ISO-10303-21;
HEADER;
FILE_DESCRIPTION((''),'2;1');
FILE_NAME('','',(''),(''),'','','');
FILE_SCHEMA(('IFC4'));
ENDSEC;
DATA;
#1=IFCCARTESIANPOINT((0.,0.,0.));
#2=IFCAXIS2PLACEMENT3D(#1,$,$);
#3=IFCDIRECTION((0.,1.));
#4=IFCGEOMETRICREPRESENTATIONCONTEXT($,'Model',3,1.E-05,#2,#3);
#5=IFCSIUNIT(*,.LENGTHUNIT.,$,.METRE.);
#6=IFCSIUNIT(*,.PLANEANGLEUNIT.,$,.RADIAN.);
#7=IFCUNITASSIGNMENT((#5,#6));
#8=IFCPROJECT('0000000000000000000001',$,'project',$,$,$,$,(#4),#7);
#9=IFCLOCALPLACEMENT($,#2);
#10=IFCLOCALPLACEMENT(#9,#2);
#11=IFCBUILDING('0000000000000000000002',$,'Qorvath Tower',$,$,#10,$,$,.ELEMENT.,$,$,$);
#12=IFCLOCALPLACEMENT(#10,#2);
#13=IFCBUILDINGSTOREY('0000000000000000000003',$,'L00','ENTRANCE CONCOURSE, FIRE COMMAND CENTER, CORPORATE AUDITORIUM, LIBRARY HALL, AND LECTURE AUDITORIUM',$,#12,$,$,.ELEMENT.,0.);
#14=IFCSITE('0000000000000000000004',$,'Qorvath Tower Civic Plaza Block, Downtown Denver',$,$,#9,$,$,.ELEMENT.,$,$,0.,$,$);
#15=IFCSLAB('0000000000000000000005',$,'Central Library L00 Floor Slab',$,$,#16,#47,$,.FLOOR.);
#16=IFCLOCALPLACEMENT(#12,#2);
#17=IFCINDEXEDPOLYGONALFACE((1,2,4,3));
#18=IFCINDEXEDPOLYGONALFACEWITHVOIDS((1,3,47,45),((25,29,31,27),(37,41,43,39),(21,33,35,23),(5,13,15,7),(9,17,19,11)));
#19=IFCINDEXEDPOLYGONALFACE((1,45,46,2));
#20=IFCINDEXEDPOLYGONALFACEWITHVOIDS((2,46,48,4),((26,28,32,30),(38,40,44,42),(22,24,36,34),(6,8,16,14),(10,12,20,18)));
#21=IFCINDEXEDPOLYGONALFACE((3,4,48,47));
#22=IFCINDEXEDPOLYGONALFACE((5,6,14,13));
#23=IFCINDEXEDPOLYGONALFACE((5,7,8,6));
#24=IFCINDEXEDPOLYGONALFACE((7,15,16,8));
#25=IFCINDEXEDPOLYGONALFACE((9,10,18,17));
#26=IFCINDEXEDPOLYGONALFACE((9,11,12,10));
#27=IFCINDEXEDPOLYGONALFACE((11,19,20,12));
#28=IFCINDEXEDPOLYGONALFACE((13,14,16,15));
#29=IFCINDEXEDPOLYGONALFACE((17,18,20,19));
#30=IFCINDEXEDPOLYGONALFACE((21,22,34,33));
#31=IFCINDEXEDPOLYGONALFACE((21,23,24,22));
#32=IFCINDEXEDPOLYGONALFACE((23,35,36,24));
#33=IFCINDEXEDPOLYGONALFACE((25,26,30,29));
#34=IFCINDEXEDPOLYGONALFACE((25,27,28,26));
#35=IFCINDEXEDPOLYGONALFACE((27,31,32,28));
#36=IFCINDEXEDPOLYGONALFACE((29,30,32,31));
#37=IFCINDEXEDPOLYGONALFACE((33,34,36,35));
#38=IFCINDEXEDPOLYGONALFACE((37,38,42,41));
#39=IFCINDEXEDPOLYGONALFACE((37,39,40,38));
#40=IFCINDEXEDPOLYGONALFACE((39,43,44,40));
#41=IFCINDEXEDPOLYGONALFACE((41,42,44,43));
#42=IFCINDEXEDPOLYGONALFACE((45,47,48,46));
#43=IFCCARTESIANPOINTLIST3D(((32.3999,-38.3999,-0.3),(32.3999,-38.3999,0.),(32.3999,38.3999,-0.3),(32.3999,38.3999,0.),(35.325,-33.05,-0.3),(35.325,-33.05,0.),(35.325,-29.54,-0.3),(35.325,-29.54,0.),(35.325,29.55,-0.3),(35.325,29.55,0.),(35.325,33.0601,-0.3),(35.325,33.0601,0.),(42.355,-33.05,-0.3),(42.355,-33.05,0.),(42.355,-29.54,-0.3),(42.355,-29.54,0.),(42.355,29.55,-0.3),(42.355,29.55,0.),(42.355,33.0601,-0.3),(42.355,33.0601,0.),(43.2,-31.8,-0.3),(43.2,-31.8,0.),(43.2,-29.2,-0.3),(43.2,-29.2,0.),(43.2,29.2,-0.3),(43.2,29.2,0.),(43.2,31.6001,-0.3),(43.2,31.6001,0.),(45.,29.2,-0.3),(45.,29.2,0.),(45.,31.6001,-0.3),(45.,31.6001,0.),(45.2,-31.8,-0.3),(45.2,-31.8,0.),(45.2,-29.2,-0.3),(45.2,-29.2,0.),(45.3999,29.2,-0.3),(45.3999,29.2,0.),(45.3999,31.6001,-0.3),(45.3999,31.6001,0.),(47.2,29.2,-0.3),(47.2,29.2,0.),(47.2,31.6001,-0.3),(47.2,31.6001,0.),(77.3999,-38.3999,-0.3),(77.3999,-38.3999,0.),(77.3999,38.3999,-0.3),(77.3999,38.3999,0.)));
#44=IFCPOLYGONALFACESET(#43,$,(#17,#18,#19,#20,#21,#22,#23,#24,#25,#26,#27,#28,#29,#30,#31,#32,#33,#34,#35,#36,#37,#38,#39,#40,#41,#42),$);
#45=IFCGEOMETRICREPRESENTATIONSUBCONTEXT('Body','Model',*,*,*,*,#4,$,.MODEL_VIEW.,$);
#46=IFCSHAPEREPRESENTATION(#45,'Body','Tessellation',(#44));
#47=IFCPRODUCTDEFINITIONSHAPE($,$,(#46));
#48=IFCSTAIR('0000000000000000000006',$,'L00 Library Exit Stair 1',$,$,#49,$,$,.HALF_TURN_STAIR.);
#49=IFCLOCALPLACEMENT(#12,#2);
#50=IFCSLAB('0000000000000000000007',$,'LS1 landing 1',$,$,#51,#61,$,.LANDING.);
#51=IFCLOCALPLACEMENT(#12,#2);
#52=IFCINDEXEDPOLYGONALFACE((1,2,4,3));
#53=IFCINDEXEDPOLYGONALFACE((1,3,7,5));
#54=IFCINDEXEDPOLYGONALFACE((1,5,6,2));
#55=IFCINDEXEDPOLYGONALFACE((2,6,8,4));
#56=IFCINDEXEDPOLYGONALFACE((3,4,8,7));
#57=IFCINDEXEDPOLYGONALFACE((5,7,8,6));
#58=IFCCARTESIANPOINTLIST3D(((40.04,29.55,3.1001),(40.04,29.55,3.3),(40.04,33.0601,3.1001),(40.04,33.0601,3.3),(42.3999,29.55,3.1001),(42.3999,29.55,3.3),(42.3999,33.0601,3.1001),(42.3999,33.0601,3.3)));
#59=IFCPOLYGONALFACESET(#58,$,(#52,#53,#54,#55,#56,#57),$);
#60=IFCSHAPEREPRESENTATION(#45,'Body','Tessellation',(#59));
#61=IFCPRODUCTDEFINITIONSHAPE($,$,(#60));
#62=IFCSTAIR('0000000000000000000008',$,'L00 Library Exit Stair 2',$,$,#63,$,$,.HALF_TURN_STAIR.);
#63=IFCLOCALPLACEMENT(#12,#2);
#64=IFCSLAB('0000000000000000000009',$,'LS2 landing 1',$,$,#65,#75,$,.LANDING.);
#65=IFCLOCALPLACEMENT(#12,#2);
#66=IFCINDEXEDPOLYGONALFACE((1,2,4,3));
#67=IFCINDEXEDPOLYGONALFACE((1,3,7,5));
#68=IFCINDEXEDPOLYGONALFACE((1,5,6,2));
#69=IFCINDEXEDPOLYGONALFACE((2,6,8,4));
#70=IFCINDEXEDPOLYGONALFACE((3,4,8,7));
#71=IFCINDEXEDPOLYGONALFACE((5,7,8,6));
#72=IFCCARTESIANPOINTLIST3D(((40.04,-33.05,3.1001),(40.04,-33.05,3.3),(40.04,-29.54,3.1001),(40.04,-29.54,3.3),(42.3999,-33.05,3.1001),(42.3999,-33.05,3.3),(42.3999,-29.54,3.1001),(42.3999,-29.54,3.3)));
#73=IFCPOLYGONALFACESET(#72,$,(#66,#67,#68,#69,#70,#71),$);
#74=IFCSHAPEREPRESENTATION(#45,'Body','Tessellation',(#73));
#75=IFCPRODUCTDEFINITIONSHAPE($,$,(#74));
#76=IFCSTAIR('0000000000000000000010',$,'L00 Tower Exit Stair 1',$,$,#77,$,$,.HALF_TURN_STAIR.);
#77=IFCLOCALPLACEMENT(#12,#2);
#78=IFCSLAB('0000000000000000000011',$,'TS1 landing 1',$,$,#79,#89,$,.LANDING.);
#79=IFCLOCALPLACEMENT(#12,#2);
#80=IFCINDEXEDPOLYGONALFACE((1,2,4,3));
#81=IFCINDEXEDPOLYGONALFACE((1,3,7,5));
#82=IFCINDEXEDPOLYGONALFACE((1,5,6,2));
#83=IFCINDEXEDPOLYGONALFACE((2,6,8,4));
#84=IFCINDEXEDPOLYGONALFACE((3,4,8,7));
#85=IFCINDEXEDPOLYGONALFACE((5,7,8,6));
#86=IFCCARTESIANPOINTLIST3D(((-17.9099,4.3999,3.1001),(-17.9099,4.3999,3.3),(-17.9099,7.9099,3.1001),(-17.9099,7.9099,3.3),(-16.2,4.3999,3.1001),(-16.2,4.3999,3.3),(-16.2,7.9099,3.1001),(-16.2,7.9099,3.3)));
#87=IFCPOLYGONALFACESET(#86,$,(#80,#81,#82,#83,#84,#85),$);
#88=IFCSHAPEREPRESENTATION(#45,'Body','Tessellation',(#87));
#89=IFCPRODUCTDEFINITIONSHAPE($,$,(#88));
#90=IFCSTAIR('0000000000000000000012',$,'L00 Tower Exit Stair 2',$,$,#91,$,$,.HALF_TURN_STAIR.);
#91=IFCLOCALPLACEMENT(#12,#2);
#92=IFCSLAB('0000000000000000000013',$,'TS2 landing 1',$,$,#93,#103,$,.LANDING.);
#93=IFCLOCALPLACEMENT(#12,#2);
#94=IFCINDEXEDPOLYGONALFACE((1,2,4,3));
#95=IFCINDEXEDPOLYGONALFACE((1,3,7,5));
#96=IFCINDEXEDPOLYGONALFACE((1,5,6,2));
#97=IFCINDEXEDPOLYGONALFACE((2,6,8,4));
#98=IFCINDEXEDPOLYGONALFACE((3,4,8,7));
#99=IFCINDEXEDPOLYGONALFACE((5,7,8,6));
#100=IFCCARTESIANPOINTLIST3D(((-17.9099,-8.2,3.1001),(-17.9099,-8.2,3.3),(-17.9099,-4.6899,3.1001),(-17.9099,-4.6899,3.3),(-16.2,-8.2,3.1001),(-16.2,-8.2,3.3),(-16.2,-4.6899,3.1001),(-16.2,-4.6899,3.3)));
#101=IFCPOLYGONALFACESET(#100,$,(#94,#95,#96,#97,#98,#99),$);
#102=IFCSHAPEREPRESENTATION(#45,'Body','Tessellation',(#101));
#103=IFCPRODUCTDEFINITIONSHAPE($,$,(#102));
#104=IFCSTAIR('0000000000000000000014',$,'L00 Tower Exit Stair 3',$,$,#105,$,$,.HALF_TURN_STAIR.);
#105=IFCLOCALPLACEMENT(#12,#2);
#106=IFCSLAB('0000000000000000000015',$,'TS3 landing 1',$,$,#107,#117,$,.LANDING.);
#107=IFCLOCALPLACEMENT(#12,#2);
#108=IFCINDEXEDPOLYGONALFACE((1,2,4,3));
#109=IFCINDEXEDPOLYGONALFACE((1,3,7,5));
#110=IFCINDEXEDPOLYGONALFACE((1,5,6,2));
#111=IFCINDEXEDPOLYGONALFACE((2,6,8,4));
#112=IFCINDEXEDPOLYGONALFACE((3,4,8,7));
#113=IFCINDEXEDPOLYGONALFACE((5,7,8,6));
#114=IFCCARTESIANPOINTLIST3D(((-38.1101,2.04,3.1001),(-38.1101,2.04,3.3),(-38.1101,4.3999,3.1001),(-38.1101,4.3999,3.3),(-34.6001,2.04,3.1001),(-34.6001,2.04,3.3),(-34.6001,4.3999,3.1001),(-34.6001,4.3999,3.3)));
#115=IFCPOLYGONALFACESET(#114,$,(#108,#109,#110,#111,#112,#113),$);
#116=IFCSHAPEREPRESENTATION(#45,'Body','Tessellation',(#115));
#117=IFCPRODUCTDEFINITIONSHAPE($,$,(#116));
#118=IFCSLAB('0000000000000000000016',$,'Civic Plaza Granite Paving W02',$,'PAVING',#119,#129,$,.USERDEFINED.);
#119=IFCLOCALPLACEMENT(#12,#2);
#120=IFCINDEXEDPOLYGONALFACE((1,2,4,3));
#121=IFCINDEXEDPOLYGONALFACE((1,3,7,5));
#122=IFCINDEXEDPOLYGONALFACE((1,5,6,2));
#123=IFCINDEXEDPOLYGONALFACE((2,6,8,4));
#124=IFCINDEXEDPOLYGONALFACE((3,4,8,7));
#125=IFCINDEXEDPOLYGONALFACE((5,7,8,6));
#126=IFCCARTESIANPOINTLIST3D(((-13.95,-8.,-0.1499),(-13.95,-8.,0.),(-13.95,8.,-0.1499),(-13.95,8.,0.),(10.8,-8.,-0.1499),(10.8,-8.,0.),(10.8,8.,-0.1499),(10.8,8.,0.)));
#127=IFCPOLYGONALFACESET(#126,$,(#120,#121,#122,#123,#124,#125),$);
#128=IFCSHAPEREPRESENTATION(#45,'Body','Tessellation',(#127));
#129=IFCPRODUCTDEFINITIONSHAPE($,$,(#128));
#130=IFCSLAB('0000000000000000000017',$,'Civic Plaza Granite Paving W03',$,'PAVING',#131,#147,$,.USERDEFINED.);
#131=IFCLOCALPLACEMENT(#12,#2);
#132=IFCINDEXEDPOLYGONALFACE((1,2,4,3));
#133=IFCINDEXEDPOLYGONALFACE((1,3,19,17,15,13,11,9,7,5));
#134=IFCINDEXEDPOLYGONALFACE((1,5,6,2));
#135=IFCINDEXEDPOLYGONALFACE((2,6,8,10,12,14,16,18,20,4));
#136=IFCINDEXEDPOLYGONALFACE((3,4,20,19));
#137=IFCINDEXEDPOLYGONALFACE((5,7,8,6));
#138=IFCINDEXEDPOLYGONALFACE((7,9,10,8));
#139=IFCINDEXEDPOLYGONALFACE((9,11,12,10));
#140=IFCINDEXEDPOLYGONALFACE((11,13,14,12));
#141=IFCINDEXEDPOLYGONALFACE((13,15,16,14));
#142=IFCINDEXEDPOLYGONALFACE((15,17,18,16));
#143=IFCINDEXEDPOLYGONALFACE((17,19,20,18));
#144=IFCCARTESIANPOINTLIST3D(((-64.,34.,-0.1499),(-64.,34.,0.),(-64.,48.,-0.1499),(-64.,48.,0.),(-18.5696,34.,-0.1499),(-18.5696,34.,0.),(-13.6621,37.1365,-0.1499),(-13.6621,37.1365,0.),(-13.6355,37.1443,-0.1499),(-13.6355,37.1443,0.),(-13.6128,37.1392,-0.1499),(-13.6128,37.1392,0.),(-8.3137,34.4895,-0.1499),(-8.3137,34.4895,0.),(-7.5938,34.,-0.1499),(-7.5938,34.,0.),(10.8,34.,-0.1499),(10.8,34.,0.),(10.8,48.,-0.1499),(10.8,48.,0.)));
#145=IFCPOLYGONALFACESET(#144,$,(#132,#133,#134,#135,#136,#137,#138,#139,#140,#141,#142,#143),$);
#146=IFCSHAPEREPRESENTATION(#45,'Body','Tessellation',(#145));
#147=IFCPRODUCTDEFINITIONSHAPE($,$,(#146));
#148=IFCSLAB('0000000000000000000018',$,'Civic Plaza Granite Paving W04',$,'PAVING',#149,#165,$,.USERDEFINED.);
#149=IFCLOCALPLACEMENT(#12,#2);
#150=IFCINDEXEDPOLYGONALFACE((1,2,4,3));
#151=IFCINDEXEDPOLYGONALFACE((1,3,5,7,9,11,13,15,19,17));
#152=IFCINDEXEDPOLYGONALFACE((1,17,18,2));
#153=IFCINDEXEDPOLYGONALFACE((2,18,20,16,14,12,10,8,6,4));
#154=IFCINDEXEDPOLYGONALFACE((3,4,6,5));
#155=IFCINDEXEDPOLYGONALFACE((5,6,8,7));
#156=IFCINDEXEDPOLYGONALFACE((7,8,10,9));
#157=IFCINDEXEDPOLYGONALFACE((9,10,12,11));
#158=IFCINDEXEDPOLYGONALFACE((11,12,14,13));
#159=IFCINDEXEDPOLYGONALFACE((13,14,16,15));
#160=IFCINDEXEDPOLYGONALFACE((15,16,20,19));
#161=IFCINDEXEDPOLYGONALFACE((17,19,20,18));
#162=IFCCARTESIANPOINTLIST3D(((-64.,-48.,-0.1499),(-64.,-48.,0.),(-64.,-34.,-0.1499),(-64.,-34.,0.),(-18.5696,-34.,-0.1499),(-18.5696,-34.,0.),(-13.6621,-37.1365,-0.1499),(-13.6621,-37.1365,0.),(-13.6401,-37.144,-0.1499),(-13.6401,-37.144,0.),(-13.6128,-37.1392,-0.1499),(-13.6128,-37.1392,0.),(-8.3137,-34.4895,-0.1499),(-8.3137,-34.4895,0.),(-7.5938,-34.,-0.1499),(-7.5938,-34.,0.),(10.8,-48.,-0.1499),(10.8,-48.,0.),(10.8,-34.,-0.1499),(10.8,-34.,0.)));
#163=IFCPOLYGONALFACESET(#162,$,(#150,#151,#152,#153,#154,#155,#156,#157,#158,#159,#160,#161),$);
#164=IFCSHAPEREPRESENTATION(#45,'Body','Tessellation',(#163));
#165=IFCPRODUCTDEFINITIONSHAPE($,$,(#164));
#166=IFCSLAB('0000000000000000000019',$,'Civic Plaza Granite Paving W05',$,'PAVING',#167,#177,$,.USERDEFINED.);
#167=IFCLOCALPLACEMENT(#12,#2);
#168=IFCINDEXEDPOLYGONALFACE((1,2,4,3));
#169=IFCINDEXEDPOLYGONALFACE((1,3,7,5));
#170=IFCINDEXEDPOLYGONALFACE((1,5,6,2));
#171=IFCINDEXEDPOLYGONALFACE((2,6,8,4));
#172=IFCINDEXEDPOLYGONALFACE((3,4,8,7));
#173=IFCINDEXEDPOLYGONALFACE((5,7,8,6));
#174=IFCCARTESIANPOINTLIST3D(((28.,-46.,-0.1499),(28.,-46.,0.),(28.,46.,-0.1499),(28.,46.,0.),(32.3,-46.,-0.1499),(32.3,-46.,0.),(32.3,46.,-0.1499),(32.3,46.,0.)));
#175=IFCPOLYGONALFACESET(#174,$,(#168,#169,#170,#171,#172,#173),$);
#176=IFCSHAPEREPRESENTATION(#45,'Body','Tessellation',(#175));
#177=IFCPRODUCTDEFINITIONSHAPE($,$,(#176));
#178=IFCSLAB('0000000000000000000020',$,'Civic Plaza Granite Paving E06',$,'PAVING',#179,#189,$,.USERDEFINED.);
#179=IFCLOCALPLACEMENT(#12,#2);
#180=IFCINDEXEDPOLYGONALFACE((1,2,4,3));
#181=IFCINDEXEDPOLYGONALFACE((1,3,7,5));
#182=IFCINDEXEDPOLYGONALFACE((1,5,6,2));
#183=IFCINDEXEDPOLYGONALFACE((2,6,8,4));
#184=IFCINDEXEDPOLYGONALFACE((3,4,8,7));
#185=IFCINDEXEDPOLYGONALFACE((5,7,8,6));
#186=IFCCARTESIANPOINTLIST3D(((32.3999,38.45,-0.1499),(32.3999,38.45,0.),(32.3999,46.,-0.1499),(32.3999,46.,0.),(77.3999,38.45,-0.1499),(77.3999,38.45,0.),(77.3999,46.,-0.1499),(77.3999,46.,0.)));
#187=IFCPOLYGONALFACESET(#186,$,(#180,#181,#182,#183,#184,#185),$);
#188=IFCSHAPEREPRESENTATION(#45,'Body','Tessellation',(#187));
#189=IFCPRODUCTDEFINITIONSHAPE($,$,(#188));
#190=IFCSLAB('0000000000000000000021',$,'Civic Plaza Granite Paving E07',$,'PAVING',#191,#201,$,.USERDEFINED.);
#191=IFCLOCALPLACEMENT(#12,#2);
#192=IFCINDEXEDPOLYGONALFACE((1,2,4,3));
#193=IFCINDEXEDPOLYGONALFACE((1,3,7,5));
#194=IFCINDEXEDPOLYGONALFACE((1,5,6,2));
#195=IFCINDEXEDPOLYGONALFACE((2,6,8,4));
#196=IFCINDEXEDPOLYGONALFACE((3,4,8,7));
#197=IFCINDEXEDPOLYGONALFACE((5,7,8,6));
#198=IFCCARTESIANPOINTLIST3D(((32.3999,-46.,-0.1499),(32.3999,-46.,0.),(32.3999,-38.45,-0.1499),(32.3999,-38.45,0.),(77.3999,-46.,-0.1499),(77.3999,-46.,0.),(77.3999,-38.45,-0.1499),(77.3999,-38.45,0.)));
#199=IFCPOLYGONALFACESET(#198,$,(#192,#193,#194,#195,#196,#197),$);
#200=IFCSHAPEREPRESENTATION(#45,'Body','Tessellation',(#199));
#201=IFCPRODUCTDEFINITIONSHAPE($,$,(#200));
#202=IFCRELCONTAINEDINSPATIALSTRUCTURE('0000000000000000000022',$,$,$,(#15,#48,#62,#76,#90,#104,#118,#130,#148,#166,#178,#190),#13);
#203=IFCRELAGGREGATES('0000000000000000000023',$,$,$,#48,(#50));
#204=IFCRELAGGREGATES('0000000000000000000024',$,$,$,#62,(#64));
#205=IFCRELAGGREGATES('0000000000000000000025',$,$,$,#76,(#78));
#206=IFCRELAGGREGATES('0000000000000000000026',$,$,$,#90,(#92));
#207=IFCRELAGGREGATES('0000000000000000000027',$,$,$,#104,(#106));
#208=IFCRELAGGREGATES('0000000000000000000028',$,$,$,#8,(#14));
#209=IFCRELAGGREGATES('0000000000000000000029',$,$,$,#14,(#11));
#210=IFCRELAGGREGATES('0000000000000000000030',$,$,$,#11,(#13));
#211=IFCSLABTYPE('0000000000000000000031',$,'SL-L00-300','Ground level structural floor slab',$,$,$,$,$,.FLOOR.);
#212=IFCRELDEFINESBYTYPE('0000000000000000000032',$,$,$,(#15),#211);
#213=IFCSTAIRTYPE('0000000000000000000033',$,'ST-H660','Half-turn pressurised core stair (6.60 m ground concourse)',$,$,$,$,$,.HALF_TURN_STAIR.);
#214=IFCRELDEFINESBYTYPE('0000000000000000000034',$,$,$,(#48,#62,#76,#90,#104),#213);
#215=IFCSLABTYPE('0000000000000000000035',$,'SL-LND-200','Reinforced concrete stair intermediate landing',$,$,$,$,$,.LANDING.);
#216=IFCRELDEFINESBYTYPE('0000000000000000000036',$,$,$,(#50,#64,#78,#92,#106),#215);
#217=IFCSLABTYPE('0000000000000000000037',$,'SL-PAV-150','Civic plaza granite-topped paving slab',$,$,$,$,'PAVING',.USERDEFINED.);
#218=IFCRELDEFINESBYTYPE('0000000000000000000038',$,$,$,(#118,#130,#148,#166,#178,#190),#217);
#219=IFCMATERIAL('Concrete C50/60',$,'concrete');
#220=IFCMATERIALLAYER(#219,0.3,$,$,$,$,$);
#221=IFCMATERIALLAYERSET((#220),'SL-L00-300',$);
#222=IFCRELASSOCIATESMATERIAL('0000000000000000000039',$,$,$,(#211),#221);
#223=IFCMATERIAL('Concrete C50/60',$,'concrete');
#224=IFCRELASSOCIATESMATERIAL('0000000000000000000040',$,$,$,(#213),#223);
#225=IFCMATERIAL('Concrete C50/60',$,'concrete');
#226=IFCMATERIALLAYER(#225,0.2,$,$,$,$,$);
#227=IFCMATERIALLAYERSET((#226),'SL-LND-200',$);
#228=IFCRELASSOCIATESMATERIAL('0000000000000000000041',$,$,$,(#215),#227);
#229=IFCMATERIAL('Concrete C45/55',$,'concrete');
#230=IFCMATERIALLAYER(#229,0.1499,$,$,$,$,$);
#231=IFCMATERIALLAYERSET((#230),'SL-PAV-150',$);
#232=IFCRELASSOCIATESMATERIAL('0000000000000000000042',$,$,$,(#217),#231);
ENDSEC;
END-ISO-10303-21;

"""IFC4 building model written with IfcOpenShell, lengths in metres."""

from ifc_helpers import new_model, si_unit, direction, frame, origin, place, context, subcontext, project, spatial, polyline, outline, extrude, material, layer, layer_set, type_object, element, aggregate, save


model = new_model("IFC4")

# Units and contexts
model_context = context("Model", 3, precision=1e-05, world=origin(), true_north=direction((0.0, 1.0)))
body_context = subcontext(model_context, "Body", "Model", "MODEL_VIEW")
ifc_project = project(units=[si_unit("LENGTHUNIT", "METRE"), si_unit("PLANEANGLEUNIT", "RADIAN")], contexts=[model_context])

# Site, building, storey
site_placement = place(None, origin())
site = spatial("IfcSite", under=ifc_project, at=site_placement, Name="Qorvath Tower Civic Plaza Block, Downtown Denver", CompositionType="ELEMENT", RefElevation=0.0)
building_placement = place(site_placement, origin())
building = spatial("IfcBuilding", under=site, at=building_placement, Name="Qorvath Tower", CompositionType="ELEMENT")
storey_placement = place(building_placement, origin())
storey = spatial("IfcBuildingStorey", under=building, at=storey_placement, Name="L00", Description="ENTRANCE CONCOURSE, FIRE COMMAND CENTER, CORPORATE AUDITORIUM, LIBRARY HALL, AND LECTURE AUDITORIUM", CompositionType="ELEMENT", Elevation=0.0)

# Slab
ifc_material_1 = material(Name="Concrete C50/60", Category="concrete")
ifc_layer_1 = layer(ifc_material_1, 0.3)
ifc_layer_set_1 = layer_set([ifc_layer_1], Name="SL-L00-300")
slab_type_1 = type_object("IfcSlabType", Name="SL-L00-300", Description="Ground level structural floor slab", PredefinedType="FLOOR", material=ifc_layer_set_1)
slab_1_placement = place(storey_placement, frame((0.0, 0.0, -0.3)))
element("IfcSlab", 1, at=slab_1_placement, inside=storey, type_object=slab_type_1, Name="Central Library L00 Floor Slab", PredefinedType="FLOOR", context=body_context, shape_type="SweptSolid", body=[
    extrude(outline(polyline([(77.3999, -38.3999), (77.3999, 38.3999), (32.3999, 38.3999), (32.3999, -38.3999), (77.3999, -38.3999)]), holes=[polyline([(47.2, 29.2), (45.3999, 29.2), (45.3999, 31.6001), (47.2, 31.6001), (47.2, 29.2)]), polyline([(45.2, -29.2), (45.2, -31.8), (43.2, -31.8), (43.2, -29.2), (45.2, -29.2)]), polyline([(45.0, 31.6001), (45.0, 29.2), (43.2, 29.2), (43.2, 31.6001), (45.0, 31.6001)]), polyline([(42.355, -29.54), (42.355, -33.05), (35.325, -33.05), (35.325, -29.54), (42.355, -29.54)]), polyline([(42.355, 29.55), (35.325, 29.55), (35.325, 33.0601), (42.355, 33.0601), (42.355, 29.55)])]), origin(), (0.0, 0.0, 1.0), 0.3),
])

# Stairs, slabs
ifc_material_2 = material(Name="Concrete C50/60", Category="concrete")
stair_type = type_object("IfcStairType", Name="ST-H660", Description="Half-turn pressurised core stair (6.60 m ground concourse)", PredefinedType="HALF_TURN_STAIR", material=ifc_material_2)
stair_1_placement = place(storey_placement, origin())
stair_1 = element("IfcStair", 2, at=stair_1_placement, inside=storey, type_object=stair_type, Name="L00 Library Exit Stair 1", PredefinedType="HALF_TURN_STAIR")
ifc_material_3 = material(Name="Concrete C50/60", Category="concrete")
ifc_layer_2 = layer(ifc_material_3, 0.2)
ifc_layer_set_2 = layer_set([ifc_layer_2], Name="SL-LND-200")
slab_type_2 = type_object("IfcSlabType", Name="SL-LND-200", Description="Reinforced concrete stair intermediate landing", PredefinedType="LANDING", material=ifc_layer_set_2)
slab_2_placement = place(storey_placement, frame((0.0, 0.0, 3.1001)))
slab_2 = element("IfcSlab", 3, at=slab_2_placement, type_object=slab_type_2, Name="LS1 landing 1", PredefinedType="LANDING", context=body_context, shape_type="SweptSolid", body=[
    extrude(outline(polyline([(40.04, 29.55), (42.3999, 29.55), (42.3999, 33.0601), (40.04, 33.0601), (40.04, 29.55)])), origin(), (0.0, 0.0, 1.0), 0.2),
])
aggregate(stair_1, [slab_2])
stair_2_placement = place(storey_placement, origin())
stair_2 = element("IfcStair", 4, at=stair_2_placement, inside=storey, type_object=stair_type, Name="L00 Library Exit Stair 2", PredefinedType="HALF_TURN_STAIR")
slab_3_placement = place(storey_placement, frame((0.0, 0.0, 3.1001)))
slab_3 = element("IfcSlab", 5, at=slab_3_placement, type_object=slab_type_2, Name="LS2 landing 1", PredefinedType="LANDING", context=body_context, shape_type="SweptSolid", body=[
    extrude(outline(polyline([(40.04, -33.05), (42.3999, -33.05), (42.3999, -29.54), (40.04, -29.54), (40.04, -33.05)])), origin(), (0.0, 0.0, 1.0), 0.2),
])
aggregate(stair_2, [slab_3])
stair_3_placement = place(storey_placement, origin())
stair_3 = element("IfcStair", 6, at=stair_3_placement, inside=storey, type_object=stair_type, Name="L00 Tower Exit Stair 1", PredefinedType="HALF_TURN_STAIR")
slab_4_placement = place(storey_placement, frame((0.0, 0.0, 3.1001)))
slab_4 = element("IfcSlab", 7, at=slab_4_placement, type_object=slab_type_2, Name="TS1 landing 1", PredefinedType="LANDING", context=body_context, shape_type="SweptSolid", body=[
    extrude(outline(polyline([(-17.9099, 4.3999), (-16.2, 4.3999), (-16.2, 7.9099), (-17.9099, 7.9099), (-17.9099, 4.3999)])), origin(), (0.0, 0.0, 1.0), 0.2),
])
aggregate(stair_3, [slab_4])
stair_4_placement = place(storey_placement, origin())
stair_4 = element("IfcStair", 8, at=stair_4_placement, inside=storey, type_object=stair_type, Name="L00 Tower Exit Stair 2", PredefinedType="HALF_TURN_STAIR")
slab_5_placement = place(storey_placement, frame((0.0, 0.0, 3.1001)))
slab_5 = element("IfcSlab", 9, at=slab_5_placement, type_object=slab_type_2, Name="TS2 landing 1", PredefinedType="LANDING", context=body_context, shape_type="SweptSolid", body=[
    extrude(outline(polyline([(-17.9099, -8.2), (-16.2, -8.2), (-16.2, -4.6899), (-17.9099, -4.6899), (-17.9099, -8.2)])), origin(), (0.0, 0.0, 1.0), 0.2),
])
aggregate(stair_4, [slab_5])
stair_5_placement = place(storey_placement, origin())
stair_5 = element("IfcStair", 10, at=stair_5_placement, inside=storey, type_object=stair_type, Name="L00 Tower Exit Stair 3", PredefinedType="HALF_TURN_STAIR")
slab_6_placement = place(storey_placement, frame((0.0, 0.0, 3.1001)))
slab_6 = element("IfcSlab", 11, at=slab_6_placement, type_object=slab_type_2, Name="TS3 landing 1", PredefinedType="LANDING", context=body_context, shape_type="SweptSolid", body=[
    extrude(outline(polyline([(-34.6001, 2.04), (-34.6001, 4.3999), (-38.1101, 4.3999), (-38.1101, 2.04), (-34.6001, 2.04)])), origin(), (0.0, 0.0, 1.0), 0.2),
])
aggregate(stair_5, [slab_6])

# Slabs
ifc_material_4 = material(Name="Concrete C45/55", Category="concrete")
ifc_layer_3 = layer(ifc_material_4, 0.1499)
ifc_layer_set_3 = layer_set([ifc_layer_3], Name="SL-PAV-150")
slab_type_3 = type_object("IfcSlabType", Name="SL-PAV-150", Description="Civic plaza granite-topped paving slab", ElementType="PAVING", PredefinedType="USERDEFINED", material=ifc_layer_set_3)
slab_7_placement = place(storey_placement, frame((0.0, 0.0, -0.1499)))
element("IfcSlab", 12, at=slab_7_placement, inside=storey, type_object=slab_type_3, Name="Civic Plaza Granite Paving W02", ObjectType="PAVING", PredefinedType="USERDEFINED", context=body_context, shape_type="SweptSolid", body=[
    extrude(outline(polyline([(10.8, 8.0), (-13.95, 8.0), (-13.95, -8.0), (10.8, -8.0), (10.8, 8.0)])), origin(), (0.0, 0.0, 1.0), 0.1499),
])
slab_8_placement = place(storey_placement, frame((0.0, 0.0, -0.1499)))
element("IfcSlab", 13, at=slab_8_placement, inside=storey, type_object=slab_type_3, Name="Civic Plaza Granite Paving W03", ObjectType="PAVING", PredefinedType="USERDEFINED", context=body_context, shape_type="SweptSolid", body=[
    extrude(outline(polyline([(10.8, 48.0), (-64.0, 48.0), (-64.0, 34.0), (-18.5696, 34.0), (-13.6621, 37.1365), (-13.6355, 37.1443), (-13.6128, 37.1392), (-8.3137, 34.4895), (-7.5938, 34.0), (10.8, 34.0), (10.8, 48.0)])), origin(), (0.0, 0.0, 1.0), 0.1499),
])
slab_9_placement = place(storey_placement, frame((0.0, 0.0, -0.1499)))
element("IfcSlab", 14, at=slab_9_placement, inside=storey, type_object=slab_type_3, Name="Civic Plaza Granite Paving W04", ObjectType="PAVING", PredefinedType="USERDEFINED", context=body_context, shape_type="SweptSolid", body=[
    extrude(outline(polyline([(-18.5696, -34.0), (-64.0, -34.0), (-64.0, -48.0), (10.8, -48.0), (10.8, -34.0), (-7.5938, -34.0), (-8.3137, -34.4895), (-13.6128, -37.1392), (-13.6401, -37.144), (-13.6621, -37.1365), (-18.5696, -34.0)])), origin(), (0.0, 0.0, 1.0), 0.1499),
])
slab_10_placement = place(storey_placement, frame((0.0, 0.0, -0.1499)))
element("IfcSlab", 15, at=slab_10_placement, inside=storey, type_object=slab_type_3, Name="Civic Plaza Granite Paving W05", ObjectType="PAVING", PredefinedType="USERDEFINED", context=body_context, shape_type="SweptSolid", body=[
    extrude(outline(polyline([(28.0, 46.0), (28.0, -46.0), (32.3, -46.0), (32.3, 46.0), (28.0, 46.0)])), origin(), (0.0, 0.0, 1.0), 0.1499),
])
slab_11_placement = place(storey_placement, frame((0.0, 0.0, -0.1499)))
element("IfcSlab", 16, at=slab_11_placement, inside=storey, type_object=slab_type_3, Name="Civic Plaza Granite Paving E06", ObjectType="PAVING", PredefinedType="USERDEFINED", context=body_context, shape_type="SweptSolid", body=[
    extrude(outline(polyline([(32.3999, 46.0), (32.3999, 38.45), (77.3999, 38.45), (77.3999, 46.0), (32.3999, 46.0)])), origin(), (0.0, 0.0, 1.0), 0.1499),
])
slab_12_placement = place(storey_placement, frame((0.0, 0.0, -0.1499)))
element("IfcSlab", 17, at=slab_12_placement, inside=storey, type_object=slab_type_3, Name="Civic Plaza Granite Paving E07", ObjectType="PAVING", PredefinedType="USERDEFINED", context=body_context, shape_type="SweptSolid", body=[
    extrude(outline(polyline([(32.3999, -38.45), (32.3999, -46.0), (77.3999, -46.0), (77.3999, -38.45), (32.3999, -38.45)])), origin(), (0.0, 0.0, 1.0), 0.1499),
])

save(model, "model.ifc")
